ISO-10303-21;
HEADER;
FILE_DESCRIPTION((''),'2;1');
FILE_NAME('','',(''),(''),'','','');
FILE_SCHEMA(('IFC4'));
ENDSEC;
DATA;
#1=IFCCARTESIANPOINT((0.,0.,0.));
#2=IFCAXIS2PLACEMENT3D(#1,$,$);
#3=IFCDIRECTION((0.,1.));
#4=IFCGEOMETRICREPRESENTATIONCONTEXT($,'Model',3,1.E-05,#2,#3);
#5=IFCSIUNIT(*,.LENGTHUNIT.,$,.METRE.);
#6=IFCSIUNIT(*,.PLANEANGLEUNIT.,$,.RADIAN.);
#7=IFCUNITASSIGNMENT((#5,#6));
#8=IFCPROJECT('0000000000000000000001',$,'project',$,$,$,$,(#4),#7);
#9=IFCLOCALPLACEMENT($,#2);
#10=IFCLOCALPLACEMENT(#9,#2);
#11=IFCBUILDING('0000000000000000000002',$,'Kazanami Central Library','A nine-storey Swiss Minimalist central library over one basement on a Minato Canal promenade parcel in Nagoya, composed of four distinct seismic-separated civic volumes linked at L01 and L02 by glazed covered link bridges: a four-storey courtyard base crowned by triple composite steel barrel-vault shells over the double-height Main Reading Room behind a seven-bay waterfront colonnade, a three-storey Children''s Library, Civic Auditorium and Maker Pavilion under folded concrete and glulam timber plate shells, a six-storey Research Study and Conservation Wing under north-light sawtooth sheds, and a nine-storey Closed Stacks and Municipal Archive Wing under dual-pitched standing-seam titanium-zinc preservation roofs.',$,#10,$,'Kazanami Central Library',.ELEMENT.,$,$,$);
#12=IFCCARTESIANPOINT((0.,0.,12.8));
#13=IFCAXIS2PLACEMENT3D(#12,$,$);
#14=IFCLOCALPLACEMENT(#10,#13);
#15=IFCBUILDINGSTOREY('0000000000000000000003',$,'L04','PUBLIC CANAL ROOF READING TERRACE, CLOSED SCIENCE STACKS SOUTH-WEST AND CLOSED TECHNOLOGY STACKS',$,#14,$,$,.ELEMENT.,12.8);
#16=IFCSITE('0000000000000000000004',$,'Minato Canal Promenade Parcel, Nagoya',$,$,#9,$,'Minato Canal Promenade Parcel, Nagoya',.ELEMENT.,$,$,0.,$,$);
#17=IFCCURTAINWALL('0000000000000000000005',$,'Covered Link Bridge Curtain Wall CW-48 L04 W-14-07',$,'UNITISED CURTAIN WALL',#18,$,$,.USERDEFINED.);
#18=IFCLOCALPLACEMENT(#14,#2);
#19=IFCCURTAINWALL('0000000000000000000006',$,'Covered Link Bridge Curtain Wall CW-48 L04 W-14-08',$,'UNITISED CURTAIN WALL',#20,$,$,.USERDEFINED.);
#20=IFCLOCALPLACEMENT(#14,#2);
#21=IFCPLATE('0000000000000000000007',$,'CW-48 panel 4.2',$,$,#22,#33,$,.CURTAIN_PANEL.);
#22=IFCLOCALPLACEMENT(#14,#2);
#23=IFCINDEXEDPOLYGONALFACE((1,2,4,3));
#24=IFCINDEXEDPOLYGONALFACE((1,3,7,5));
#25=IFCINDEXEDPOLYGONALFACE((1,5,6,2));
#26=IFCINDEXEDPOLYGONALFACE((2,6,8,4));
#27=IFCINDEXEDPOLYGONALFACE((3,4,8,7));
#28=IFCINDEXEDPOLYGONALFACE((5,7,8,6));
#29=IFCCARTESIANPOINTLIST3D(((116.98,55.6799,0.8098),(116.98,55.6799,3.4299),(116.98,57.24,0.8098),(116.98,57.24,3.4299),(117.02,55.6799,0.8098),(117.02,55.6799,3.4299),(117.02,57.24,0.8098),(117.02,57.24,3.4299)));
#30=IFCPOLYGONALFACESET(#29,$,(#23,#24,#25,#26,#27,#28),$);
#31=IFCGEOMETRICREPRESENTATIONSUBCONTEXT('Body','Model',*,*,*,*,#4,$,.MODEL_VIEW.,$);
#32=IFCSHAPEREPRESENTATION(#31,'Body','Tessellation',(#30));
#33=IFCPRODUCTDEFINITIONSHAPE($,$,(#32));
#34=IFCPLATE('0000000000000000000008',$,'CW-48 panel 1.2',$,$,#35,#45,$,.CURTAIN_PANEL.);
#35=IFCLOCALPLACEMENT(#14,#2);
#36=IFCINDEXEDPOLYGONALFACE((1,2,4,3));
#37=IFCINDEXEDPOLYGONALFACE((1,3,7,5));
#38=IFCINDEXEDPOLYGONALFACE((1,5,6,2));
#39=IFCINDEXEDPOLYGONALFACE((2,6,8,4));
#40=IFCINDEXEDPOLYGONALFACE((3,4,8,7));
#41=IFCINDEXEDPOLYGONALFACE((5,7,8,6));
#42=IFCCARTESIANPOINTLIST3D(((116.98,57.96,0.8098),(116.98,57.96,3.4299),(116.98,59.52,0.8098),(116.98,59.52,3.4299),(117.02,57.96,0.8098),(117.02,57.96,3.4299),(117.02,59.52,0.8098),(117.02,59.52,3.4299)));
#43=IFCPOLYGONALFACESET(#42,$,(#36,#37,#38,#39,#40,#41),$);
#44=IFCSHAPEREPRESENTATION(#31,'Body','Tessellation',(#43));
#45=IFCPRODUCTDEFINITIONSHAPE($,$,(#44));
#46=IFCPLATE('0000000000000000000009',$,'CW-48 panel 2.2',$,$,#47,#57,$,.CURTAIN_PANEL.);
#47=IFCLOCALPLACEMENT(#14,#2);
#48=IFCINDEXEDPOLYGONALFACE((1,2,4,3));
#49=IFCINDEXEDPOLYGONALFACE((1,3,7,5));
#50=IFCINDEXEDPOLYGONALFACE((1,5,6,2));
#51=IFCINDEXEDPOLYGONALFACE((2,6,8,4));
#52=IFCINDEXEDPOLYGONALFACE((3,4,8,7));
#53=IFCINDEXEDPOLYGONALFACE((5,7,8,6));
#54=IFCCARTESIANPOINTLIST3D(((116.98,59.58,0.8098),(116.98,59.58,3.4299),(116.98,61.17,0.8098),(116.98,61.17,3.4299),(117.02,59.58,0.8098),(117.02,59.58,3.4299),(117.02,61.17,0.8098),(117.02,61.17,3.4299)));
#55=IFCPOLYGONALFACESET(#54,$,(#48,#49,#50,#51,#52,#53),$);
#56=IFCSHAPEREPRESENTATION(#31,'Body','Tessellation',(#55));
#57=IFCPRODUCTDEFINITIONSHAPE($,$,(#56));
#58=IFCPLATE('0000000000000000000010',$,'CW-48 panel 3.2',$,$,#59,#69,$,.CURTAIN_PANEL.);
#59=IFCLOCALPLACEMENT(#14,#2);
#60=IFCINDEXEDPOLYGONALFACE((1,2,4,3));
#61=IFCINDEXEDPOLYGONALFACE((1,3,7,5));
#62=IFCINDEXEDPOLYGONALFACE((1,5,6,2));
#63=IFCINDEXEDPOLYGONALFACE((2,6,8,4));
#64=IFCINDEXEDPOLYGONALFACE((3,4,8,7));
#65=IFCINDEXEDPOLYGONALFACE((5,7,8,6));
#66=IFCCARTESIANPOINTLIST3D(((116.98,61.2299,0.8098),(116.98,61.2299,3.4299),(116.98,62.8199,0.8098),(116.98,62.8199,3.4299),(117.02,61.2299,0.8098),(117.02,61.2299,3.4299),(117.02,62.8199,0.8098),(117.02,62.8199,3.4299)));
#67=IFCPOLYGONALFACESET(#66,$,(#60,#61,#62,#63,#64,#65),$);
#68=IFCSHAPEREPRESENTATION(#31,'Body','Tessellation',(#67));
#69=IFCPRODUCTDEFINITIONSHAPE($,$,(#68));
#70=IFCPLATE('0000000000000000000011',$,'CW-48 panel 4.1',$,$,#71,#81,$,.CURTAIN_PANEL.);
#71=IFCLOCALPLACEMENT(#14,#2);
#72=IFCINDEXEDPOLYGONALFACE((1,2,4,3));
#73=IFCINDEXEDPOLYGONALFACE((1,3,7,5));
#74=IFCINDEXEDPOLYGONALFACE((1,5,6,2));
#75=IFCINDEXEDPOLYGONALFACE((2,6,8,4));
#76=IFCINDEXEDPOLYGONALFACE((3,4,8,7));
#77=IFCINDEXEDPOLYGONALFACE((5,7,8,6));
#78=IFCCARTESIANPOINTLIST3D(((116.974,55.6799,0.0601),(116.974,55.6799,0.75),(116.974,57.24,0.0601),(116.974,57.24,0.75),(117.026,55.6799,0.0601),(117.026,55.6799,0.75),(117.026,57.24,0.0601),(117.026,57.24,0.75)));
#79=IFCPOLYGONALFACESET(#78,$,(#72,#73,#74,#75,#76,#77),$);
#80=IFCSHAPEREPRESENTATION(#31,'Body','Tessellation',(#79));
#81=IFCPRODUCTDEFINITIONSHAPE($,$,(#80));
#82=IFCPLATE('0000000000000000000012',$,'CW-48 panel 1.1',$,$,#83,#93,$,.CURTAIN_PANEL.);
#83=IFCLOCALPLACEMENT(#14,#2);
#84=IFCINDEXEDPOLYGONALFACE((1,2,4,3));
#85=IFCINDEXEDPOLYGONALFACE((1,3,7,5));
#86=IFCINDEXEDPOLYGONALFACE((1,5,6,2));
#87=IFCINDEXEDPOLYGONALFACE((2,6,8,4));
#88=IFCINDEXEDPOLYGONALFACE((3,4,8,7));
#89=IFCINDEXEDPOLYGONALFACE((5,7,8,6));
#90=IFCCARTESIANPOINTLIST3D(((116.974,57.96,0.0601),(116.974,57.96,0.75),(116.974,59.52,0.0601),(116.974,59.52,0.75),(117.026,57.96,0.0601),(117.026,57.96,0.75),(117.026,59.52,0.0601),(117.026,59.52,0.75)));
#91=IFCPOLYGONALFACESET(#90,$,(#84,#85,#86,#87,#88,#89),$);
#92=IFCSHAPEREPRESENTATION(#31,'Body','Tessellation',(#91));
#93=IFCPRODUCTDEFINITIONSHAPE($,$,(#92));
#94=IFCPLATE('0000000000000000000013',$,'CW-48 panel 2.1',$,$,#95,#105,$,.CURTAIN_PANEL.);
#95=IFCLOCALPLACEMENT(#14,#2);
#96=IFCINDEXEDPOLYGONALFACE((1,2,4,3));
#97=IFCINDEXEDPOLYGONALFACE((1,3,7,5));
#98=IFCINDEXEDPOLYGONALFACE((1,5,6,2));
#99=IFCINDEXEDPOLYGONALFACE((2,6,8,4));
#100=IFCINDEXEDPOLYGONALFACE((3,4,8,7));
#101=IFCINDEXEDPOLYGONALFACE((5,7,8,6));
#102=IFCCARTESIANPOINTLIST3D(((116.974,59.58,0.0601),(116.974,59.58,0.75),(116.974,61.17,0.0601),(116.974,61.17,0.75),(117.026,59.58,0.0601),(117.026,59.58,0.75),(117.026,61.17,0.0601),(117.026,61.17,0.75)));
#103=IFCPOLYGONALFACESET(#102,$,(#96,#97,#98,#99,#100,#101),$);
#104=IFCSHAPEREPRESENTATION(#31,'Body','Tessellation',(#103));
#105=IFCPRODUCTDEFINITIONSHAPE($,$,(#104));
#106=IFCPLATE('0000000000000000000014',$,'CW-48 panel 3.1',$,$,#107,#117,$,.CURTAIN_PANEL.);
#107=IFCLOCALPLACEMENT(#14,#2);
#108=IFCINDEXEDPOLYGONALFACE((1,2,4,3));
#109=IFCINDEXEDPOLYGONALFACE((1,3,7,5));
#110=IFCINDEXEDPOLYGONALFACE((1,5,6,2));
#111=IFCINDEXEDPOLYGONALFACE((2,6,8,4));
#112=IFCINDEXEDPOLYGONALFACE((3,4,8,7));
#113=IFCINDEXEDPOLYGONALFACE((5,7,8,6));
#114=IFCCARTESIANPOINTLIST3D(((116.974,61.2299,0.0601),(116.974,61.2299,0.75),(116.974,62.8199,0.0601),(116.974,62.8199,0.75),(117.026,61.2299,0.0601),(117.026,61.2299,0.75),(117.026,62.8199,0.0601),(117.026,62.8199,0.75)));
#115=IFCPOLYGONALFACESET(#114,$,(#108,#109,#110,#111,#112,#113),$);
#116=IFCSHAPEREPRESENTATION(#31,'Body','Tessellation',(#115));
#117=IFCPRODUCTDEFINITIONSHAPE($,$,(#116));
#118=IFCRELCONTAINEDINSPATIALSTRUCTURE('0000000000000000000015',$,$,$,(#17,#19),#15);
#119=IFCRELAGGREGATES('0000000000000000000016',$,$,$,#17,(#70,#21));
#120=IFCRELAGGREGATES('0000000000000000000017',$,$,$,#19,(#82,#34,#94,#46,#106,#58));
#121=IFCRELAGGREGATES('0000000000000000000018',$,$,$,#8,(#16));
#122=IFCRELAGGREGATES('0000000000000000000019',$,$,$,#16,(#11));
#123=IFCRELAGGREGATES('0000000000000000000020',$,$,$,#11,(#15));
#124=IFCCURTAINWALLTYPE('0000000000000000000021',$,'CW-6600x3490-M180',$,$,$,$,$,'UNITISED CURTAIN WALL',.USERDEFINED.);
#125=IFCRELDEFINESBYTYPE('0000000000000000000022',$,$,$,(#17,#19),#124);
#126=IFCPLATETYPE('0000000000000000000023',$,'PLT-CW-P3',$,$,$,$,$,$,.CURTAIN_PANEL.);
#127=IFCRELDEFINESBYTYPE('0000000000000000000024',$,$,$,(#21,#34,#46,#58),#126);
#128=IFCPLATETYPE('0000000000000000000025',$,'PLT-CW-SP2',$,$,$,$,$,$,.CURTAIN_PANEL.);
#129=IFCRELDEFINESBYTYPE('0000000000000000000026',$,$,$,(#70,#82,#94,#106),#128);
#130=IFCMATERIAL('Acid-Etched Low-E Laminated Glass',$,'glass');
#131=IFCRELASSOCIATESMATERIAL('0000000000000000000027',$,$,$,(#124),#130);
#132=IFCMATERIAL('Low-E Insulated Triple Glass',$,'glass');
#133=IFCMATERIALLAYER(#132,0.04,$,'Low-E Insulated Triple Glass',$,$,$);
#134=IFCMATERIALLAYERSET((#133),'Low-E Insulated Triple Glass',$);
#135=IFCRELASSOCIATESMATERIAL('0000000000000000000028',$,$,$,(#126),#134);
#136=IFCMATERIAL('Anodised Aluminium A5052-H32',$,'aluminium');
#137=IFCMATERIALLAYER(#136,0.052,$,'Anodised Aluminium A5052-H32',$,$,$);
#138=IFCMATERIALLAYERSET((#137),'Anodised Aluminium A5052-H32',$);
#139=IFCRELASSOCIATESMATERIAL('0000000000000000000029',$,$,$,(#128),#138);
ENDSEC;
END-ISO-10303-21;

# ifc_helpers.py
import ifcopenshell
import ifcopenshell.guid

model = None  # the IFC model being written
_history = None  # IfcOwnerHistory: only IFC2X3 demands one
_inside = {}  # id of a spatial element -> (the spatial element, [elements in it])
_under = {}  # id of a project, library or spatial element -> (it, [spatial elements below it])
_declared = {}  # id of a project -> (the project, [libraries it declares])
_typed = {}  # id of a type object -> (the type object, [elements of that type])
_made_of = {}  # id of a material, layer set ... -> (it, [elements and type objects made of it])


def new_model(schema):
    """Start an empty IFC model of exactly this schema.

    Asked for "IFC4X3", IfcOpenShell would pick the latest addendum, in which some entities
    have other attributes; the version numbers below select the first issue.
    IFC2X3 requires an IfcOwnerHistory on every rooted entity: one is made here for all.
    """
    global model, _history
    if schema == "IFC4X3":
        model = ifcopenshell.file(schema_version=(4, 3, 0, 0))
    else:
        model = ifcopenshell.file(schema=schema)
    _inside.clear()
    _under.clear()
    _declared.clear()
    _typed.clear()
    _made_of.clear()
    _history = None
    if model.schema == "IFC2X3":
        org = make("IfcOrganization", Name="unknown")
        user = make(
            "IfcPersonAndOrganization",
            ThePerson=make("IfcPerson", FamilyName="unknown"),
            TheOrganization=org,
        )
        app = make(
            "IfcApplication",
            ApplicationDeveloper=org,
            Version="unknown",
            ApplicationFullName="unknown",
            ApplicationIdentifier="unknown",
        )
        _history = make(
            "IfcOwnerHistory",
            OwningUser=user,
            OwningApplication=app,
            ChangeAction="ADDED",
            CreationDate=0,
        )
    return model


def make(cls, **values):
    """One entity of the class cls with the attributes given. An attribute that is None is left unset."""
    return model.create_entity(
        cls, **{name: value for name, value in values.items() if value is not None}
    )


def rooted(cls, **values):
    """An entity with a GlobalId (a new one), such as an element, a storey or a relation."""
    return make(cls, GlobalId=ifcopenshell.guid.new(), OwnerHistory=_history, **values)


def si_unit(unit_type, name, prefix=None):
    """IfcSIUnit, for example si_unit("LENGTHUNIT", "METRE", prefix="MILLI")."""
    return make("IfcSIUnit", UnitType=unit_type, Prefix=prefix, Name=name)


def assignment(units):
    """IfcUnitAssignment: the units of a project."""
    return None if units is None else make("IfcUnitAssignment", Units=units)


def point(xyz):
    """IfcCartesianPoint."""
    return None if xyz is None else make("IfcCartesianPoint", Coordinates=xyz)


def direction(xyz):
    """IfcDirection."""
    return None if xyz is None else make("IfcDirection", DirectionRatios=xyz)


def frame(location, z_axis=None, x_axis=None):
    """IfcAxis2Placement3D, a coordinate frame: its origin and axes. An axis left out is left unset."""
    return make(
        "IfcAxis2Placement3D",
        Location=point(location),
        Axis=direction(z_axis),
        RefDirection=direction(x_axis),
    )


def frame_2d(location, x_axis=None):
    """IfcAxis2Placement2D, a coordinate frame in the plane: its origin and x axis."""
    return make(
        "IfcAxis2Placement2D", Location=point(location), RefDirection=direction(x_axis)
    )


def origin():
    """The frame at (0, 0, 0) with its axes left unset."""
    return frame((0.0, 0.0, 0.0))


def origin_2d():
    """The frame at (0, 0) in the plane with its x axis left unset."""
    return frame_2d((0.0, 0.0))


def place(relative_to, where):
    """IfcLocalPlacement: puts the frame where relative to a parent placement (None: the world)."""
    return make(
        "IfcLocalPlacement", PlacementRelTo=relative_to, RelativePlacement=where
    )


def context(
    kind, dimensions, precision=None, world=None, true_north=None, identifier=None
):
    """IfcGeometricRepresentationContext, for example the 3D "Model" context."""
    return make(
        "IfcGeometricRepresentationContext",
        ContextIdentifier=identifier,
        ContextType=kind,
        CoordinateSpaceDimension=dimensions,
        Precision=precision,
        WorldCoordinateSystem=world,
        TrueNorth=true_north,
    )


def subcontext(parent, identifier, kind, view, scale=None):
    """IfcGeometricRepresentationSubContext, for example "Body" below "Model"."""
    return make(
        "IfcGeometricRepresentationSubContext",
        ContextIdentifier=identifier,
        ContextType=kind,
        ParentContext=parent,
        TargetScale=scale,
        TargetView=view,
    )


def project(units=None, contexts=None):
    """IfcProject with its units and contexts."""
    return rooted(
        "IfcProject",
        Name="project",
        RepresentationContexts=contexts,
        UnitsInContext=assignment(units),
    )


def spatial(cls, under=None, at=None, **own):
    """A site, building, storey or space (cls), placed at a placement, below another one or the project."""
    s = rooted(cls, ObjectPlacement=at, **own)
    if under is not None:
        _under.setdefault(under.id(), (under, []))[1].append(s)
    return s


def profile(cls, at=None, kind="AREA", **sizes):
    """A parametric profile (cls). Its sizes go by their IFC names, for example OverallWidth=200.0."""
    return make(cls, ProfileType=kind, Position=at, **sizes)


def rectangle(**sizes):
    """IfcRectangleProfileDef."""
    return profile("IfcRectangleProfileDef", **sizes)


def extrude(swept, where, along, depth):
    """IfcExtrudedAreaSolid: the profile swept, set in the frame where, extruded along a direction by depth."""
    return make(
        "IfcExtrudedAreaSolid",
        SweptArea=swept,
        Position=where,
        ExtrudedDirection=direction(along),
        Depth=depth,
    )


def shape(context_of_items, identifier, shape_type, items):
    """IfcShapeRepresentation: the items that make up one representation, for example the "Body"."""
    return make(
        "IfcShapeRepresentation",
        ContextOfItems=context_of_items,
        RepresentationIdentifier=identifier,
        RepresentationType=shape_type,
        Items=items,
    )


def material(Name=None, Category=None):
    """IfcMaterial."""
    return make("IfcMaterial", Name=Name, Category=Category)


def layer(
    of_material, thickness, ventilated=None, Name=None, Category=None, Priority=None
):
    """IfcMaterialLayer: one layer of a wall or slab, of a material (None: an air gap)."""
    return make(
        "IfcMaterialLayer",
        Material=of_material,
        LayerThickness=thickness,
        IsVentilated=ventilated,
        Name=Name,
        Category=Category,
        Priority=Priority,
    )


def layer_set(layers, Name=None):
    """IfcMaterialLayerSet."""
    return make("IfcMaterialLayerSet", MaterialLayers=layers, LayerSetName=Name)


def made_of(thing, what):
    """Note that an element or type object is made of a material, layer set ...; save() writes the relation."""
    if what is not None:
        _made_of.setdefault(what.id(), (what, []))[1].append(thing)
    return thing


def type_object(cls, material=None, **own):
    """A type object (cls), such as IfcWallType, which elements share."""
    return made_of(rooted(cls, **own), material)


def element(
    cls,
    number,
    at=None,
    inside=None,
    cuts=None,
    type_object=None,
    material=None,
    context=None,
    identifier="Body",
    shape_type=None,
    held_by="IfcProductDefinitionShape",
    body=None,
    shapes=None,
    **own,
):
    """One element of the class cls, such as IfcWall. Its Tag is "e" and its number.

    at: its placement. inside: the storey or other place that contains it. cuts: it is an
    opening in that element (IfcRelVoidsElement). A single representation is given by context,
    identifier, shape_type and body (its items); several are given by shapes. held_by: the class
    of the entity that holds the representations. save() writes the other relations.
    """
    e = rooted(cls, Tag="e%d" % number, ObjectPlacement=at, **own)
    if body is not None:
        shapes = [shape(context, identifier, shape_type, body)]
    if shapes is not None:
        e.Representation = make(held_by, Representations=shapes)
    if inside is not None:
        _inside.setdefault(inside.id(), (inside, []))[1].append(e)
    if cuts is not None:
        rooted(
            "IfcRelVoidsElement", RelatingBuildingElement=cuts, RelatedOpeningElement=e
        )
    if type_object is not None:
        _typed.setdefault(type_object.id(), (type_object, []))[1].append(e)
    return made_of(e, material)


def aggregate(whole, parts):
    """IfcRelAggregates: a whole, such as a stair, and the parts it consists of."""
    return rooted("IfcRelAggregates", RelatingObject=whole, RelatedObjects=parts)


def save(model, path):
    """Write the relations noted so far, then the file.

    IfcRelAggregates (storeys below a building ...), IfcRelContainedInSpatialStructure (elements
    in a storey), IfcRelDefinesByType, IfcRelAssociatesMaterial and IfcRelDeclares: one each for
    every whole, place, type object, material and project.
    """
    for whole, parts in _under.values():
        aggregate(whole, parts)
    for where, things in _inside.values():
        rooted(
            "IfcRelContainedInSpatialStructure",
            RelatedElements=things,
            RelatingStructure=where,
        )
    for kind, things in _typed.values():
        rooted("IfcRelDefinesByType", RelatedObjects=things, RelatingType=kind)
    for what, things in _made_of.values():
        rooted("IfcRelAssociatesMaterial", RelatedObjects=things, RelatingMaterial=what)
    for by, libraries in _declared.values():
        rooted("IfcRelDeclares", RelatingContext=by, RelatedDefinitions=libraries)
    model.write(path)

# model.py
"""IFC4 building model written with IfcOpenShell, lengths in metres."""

from ifc_helpers import new_model, si_unit, direction, frame, origin, origin_2d, place, context, subcontext, project, spatial, rectangle, extrude, material, layer, layer_set, type_object, element, aggregate, save


model = new_model("IFC4")

# Units and contexts
model_context = context("Model", 3, precision=1e-05, world=origin(), true_north=direction((0.0, 1.0)))
body_context = subcontext(model_context, "Body", "Model", "MODEL_VIEW")
ifc_project = project(units=[si_unit("LENGTHUNIT", "METRE"), si_unit("PLANEANGLEUNIT", "RADIAN")], contexts=[model_context])

# Site, building, storey
site_placement = place(None, origin())
site = spatial("IfcSite", under=ifc_project, at=site_placement, Name="Minato Canal Promenade Parcel, Nagoya", LongName="Minato Canal Promenade Parcel, Nagoya", CompositionType="ELEMENT", RefElevation=0.0)
building_placement = place(site_placement, origin())
building = spatial("IfcBuilding", under=site, at=building_placement, Name="Kazanami Central Library", Description="A nine-storey Swiss Minimalist central library over one basement on a Minato Canal promenade parcel in Nagoya, composed of four distinct seismic-separated civic volumes linked at L01 and L02 by glazed covered link bridges: a four-storey courtyard base crowned by triple composite steel barrel-vault shells over the double-height Main Reading Room behind a seven-bay waterfront colonnade, a three-storey Children's Library, Civic Auditorium and Maker Pavilion under folded concrete and glulam timber plate shells, a six-storey Research Study and Conservation Wing under north-light sawtooth sheds, and a nine-storey Closed Stacks and Municipal Archive Wing under dual-pitched standing-seam titanium-zinc preservation roofs.", LongName="Kazanami Central Library", CompositionType="ELEMENT")
storey_placement = place(building_placement, frame((0.0, 0.0, 12.8)))
storey = spatial("IfcBuildingStorey", under=building, at=storey_placement, Name="L04", Description="PUBLIC CANAL ROOF READING TERRACE, CLOSED SCIENCE STACKS SOUTH-WEST AND CLOSED TECHNOLOGY STACKS", CompositionType="ELEMENT", Elevation=12.8)

# Curtain wall
ifc_material_1 = material(Name="Acid-Etched Low-E Laminated Glass", Category="glass")
curtain_wall_type = type_object("IfcCurtainWallType", Name="CW-6600x3490-M180", ElementType="UNITISED CURTAIN WALL", PredefinedType="USERDEFINED", material=ifc_material_1)
curtain_wall_1_placement = place(storey_placement, origin())
curtain_wall_1 = element("IfcCurtainWall", 1, at=curtain_wall_1_placement, inside=storey, type_object=curtain_wall_type, Name="Covered Link Bridge Curtain Wall CW-48 L04 W-14-07", ObjectType="UNITISED CURTAIN WALL", PredefinedType="USERDEFINED")

# Curtain wall
curtain_wall_2_placement = place(storey_placement, origin())
curtain_wall_2 = element("IfcCurtainWall", 2, at=curtain_wall_2_placement, inside=storey, type_object=curtain_wall_type, Name="Covered Link Bridge Curtain Wall CW-48 L04 W-14-08", ObjectType="UNITISED CURTAIN WALL", PredefinedType="USERDEFINED")

# Plates
ifc_material_2 = material(Name="Low-E Insulated Triple Glass", Category="glass")
ifc_layer_1 = layer(ifc_material_2, 0.04, Name="Low-E Insulated Triple Glass")
ifc_layer_set_1 = layer_set([ifc_layer_1], Name="Low-E Insulated Triple Glass")
plate_type_1 = type_object("IfcPlateType", Name="PLT-CW-P3", PredefinedType="CURTAIN_PANEL", material=ifc_layer_set_1)
plate_1_placement = place(storey_placement, frame((117.0, 56.46, 0.8098), z_axis=(0.0, 0.0, 1.0), x_axis=(0.0, 1.0, 0.0)))
plate_1 = element("IfcPlate", 3, at=plate_1_placement, type_object=plate_type_1, Name="CW-48 panel 4.2", PredefinedType="CURTAIN_PANEL", context=body_context, shape_type="SweptSolid", body=[
    extrude(rectangle(XDim=1.5601, YDim=0.04, at=origin_2d()), origin(), (0.0, 0.0, 1.0), 2.6201),
])
plate_2_placement = place(storey_placement, frame((117.0, 58.74, 0.8098), z_axis=(0.0, 0.0, 1.0), x_axis=(0.0, 1.0, 0.0)))
plate_2 = element("IfcPlate", 4, at=plate_2_placement, type_object=plate_type_1, Name="CW-48 panel 1.2", PredefinedType="CURTAIN_PANEL", context=body_context, shape_type="SweptSolid", body=[
    extrude(rectangle(XDim=1.5601, YDim=0.04, at=origin_2d()), origin(), (0.0, 0.0, 1.0), 2.6201),
])
plate_3_placement = place(storey_placement, frame((117.0, 60.375, 0.8098), z_axis=(0.0, 0.0, 1.0), x_axis=(0.0, 1.0, 0.0)))
plate_3 = element("IfcPlate", 5, at=plate_3_placement, type_object=plate_type_1, Name="CW-48 panel 2.2", PredefinedType="CURTAIN_PANEL", context=body_context, shape_type="SweptSolid", body=[
    extrude(rectangle(XDim=1.5901, YDim=0.04, at=origin_2d()), origin(), (0.0, 0.0, 1.0), 2.6201),
])
plate_4_placement = place(storey_placement, frame((117.0, 62.0249, 0.8098), z_axis=(0.0, 0.0, 1.0), x_axis=(0.0, 1.0, 0.0)))
plate_4 = element("IfcPlate", 6, at=plate_4_placement, type_object=plate_type_1, Name="CW-48 panel 3.2", PredefinedType="CURTAIN_PANEL", context=body_context, shape_type="SweptSolid", body=[
    extrude(rectangle(XDim=1.5901, YDim=0.04, at=origin_2d()), origin(), (0.0, 0.0, 1.0), 2.6201),
])
ifc_material_3 = material(Name="Anodised Aluminium A5052-H32", Category="aluminium")
ifc_layer_2 = layer(ifc_material_3, 0.052, Name="Anodised Aluminium A5052-H32")
ifc_layer_set_2 = layer_set([ifc_layer_2], Name="Anodised Aluminium A5052-H32")
plate_type_2 = type_object("IfcPlateType", Name="PLT-CW-SP2", PredefinedType="CURTAIN_PANEL", material=ifc_layer_set_2)
plate_5_placement = place(storey_placement, frame((117.0, 56.46, 0.0601), z_axis=(0.0, 0.0, 1.0), x_axis=(0.0, 1.0, 0.0)))
plate_5 = element("IfcPlate", 7, at=plate_5_placement, type_object=plate_type_2, Name="CW-48 panel 4.1", PredefinedType="CURTAIN_PANEL", context=body_context, shape_type="SweptSolid", body=[
    extrude(rectangle(XDim=1.5601, YDim=0.052, at=origin_2d()), origin(), (0.0, 0.0, 1.0), 0.6899),
])
aggregate(curtain_wall_1, [plate_5, plate_1])
plate_6_placement = place(storey_placement, frame((117.0, 58.74, 0.0601), z_axis=(0.0, 0.0, 1.0), x_axis=(0.0, 1.0, 0.0)))
plate_6 = element("IfcPlate", 8, at=plate_6_placement, type_object=plate_type_2, Name="CW-48 panel 1.1", PredefinedType="CURTAIN_PANEL", context=body_context, shape_type="SweptSolid", body=[
    extrude(rectangle(XDim=1.5601, YDim=0.052, at=origin_2d()), origin(), (0.0, 0.0, 1.0), 0.6899),
])
plate_7_placement = place(storey_placement, frame((117.0, 60.375, 0.0601), z_axis=(0.0, 0.0, 1.0), x_axis=(0.0, 1.0, 0.0)))
plate_7 = element("IfcPlate", 9, at=plate_7_placement, type_object=plate_type_2, Name="CW-48 panel 2.1", PredefinedType="CURTAIN_PANEL", context=body_context, shape_type="SweptSolid", body=[
    extrude(rectangle(XDim=1.5901, YDim=0.052, at=origin_2d()), origin(), (0.0, 0.0, 1.0), 0.6899),
])
plate_8_placement = place(storey_placement, frame((117.0, 62.0249, 0.0601), z_axis=(0.0, 0.0, 1.0), x_axis=(0.0, 1.0, 0.0)))
plate_8 = element("IfcPlate", 10, at=plate_8_placement, type_object=plate_type_2, Name="CW-48 panel 3.1", PredefinedType="CURTAIN_PANEL", context=body_context, shape_type="SweptSolid", body=[
    extrude(rectangle(XDim=1.5901, YDim=0.052, at=origin_2d()), origin(), (0.0, 0.0, 1.0), 0.6899),
])
aggregate(curtain_wall_2, [plate_6, plate_2, plate_7, plate_3, plate_8, plate_4])

save(model, "model.ifc")
